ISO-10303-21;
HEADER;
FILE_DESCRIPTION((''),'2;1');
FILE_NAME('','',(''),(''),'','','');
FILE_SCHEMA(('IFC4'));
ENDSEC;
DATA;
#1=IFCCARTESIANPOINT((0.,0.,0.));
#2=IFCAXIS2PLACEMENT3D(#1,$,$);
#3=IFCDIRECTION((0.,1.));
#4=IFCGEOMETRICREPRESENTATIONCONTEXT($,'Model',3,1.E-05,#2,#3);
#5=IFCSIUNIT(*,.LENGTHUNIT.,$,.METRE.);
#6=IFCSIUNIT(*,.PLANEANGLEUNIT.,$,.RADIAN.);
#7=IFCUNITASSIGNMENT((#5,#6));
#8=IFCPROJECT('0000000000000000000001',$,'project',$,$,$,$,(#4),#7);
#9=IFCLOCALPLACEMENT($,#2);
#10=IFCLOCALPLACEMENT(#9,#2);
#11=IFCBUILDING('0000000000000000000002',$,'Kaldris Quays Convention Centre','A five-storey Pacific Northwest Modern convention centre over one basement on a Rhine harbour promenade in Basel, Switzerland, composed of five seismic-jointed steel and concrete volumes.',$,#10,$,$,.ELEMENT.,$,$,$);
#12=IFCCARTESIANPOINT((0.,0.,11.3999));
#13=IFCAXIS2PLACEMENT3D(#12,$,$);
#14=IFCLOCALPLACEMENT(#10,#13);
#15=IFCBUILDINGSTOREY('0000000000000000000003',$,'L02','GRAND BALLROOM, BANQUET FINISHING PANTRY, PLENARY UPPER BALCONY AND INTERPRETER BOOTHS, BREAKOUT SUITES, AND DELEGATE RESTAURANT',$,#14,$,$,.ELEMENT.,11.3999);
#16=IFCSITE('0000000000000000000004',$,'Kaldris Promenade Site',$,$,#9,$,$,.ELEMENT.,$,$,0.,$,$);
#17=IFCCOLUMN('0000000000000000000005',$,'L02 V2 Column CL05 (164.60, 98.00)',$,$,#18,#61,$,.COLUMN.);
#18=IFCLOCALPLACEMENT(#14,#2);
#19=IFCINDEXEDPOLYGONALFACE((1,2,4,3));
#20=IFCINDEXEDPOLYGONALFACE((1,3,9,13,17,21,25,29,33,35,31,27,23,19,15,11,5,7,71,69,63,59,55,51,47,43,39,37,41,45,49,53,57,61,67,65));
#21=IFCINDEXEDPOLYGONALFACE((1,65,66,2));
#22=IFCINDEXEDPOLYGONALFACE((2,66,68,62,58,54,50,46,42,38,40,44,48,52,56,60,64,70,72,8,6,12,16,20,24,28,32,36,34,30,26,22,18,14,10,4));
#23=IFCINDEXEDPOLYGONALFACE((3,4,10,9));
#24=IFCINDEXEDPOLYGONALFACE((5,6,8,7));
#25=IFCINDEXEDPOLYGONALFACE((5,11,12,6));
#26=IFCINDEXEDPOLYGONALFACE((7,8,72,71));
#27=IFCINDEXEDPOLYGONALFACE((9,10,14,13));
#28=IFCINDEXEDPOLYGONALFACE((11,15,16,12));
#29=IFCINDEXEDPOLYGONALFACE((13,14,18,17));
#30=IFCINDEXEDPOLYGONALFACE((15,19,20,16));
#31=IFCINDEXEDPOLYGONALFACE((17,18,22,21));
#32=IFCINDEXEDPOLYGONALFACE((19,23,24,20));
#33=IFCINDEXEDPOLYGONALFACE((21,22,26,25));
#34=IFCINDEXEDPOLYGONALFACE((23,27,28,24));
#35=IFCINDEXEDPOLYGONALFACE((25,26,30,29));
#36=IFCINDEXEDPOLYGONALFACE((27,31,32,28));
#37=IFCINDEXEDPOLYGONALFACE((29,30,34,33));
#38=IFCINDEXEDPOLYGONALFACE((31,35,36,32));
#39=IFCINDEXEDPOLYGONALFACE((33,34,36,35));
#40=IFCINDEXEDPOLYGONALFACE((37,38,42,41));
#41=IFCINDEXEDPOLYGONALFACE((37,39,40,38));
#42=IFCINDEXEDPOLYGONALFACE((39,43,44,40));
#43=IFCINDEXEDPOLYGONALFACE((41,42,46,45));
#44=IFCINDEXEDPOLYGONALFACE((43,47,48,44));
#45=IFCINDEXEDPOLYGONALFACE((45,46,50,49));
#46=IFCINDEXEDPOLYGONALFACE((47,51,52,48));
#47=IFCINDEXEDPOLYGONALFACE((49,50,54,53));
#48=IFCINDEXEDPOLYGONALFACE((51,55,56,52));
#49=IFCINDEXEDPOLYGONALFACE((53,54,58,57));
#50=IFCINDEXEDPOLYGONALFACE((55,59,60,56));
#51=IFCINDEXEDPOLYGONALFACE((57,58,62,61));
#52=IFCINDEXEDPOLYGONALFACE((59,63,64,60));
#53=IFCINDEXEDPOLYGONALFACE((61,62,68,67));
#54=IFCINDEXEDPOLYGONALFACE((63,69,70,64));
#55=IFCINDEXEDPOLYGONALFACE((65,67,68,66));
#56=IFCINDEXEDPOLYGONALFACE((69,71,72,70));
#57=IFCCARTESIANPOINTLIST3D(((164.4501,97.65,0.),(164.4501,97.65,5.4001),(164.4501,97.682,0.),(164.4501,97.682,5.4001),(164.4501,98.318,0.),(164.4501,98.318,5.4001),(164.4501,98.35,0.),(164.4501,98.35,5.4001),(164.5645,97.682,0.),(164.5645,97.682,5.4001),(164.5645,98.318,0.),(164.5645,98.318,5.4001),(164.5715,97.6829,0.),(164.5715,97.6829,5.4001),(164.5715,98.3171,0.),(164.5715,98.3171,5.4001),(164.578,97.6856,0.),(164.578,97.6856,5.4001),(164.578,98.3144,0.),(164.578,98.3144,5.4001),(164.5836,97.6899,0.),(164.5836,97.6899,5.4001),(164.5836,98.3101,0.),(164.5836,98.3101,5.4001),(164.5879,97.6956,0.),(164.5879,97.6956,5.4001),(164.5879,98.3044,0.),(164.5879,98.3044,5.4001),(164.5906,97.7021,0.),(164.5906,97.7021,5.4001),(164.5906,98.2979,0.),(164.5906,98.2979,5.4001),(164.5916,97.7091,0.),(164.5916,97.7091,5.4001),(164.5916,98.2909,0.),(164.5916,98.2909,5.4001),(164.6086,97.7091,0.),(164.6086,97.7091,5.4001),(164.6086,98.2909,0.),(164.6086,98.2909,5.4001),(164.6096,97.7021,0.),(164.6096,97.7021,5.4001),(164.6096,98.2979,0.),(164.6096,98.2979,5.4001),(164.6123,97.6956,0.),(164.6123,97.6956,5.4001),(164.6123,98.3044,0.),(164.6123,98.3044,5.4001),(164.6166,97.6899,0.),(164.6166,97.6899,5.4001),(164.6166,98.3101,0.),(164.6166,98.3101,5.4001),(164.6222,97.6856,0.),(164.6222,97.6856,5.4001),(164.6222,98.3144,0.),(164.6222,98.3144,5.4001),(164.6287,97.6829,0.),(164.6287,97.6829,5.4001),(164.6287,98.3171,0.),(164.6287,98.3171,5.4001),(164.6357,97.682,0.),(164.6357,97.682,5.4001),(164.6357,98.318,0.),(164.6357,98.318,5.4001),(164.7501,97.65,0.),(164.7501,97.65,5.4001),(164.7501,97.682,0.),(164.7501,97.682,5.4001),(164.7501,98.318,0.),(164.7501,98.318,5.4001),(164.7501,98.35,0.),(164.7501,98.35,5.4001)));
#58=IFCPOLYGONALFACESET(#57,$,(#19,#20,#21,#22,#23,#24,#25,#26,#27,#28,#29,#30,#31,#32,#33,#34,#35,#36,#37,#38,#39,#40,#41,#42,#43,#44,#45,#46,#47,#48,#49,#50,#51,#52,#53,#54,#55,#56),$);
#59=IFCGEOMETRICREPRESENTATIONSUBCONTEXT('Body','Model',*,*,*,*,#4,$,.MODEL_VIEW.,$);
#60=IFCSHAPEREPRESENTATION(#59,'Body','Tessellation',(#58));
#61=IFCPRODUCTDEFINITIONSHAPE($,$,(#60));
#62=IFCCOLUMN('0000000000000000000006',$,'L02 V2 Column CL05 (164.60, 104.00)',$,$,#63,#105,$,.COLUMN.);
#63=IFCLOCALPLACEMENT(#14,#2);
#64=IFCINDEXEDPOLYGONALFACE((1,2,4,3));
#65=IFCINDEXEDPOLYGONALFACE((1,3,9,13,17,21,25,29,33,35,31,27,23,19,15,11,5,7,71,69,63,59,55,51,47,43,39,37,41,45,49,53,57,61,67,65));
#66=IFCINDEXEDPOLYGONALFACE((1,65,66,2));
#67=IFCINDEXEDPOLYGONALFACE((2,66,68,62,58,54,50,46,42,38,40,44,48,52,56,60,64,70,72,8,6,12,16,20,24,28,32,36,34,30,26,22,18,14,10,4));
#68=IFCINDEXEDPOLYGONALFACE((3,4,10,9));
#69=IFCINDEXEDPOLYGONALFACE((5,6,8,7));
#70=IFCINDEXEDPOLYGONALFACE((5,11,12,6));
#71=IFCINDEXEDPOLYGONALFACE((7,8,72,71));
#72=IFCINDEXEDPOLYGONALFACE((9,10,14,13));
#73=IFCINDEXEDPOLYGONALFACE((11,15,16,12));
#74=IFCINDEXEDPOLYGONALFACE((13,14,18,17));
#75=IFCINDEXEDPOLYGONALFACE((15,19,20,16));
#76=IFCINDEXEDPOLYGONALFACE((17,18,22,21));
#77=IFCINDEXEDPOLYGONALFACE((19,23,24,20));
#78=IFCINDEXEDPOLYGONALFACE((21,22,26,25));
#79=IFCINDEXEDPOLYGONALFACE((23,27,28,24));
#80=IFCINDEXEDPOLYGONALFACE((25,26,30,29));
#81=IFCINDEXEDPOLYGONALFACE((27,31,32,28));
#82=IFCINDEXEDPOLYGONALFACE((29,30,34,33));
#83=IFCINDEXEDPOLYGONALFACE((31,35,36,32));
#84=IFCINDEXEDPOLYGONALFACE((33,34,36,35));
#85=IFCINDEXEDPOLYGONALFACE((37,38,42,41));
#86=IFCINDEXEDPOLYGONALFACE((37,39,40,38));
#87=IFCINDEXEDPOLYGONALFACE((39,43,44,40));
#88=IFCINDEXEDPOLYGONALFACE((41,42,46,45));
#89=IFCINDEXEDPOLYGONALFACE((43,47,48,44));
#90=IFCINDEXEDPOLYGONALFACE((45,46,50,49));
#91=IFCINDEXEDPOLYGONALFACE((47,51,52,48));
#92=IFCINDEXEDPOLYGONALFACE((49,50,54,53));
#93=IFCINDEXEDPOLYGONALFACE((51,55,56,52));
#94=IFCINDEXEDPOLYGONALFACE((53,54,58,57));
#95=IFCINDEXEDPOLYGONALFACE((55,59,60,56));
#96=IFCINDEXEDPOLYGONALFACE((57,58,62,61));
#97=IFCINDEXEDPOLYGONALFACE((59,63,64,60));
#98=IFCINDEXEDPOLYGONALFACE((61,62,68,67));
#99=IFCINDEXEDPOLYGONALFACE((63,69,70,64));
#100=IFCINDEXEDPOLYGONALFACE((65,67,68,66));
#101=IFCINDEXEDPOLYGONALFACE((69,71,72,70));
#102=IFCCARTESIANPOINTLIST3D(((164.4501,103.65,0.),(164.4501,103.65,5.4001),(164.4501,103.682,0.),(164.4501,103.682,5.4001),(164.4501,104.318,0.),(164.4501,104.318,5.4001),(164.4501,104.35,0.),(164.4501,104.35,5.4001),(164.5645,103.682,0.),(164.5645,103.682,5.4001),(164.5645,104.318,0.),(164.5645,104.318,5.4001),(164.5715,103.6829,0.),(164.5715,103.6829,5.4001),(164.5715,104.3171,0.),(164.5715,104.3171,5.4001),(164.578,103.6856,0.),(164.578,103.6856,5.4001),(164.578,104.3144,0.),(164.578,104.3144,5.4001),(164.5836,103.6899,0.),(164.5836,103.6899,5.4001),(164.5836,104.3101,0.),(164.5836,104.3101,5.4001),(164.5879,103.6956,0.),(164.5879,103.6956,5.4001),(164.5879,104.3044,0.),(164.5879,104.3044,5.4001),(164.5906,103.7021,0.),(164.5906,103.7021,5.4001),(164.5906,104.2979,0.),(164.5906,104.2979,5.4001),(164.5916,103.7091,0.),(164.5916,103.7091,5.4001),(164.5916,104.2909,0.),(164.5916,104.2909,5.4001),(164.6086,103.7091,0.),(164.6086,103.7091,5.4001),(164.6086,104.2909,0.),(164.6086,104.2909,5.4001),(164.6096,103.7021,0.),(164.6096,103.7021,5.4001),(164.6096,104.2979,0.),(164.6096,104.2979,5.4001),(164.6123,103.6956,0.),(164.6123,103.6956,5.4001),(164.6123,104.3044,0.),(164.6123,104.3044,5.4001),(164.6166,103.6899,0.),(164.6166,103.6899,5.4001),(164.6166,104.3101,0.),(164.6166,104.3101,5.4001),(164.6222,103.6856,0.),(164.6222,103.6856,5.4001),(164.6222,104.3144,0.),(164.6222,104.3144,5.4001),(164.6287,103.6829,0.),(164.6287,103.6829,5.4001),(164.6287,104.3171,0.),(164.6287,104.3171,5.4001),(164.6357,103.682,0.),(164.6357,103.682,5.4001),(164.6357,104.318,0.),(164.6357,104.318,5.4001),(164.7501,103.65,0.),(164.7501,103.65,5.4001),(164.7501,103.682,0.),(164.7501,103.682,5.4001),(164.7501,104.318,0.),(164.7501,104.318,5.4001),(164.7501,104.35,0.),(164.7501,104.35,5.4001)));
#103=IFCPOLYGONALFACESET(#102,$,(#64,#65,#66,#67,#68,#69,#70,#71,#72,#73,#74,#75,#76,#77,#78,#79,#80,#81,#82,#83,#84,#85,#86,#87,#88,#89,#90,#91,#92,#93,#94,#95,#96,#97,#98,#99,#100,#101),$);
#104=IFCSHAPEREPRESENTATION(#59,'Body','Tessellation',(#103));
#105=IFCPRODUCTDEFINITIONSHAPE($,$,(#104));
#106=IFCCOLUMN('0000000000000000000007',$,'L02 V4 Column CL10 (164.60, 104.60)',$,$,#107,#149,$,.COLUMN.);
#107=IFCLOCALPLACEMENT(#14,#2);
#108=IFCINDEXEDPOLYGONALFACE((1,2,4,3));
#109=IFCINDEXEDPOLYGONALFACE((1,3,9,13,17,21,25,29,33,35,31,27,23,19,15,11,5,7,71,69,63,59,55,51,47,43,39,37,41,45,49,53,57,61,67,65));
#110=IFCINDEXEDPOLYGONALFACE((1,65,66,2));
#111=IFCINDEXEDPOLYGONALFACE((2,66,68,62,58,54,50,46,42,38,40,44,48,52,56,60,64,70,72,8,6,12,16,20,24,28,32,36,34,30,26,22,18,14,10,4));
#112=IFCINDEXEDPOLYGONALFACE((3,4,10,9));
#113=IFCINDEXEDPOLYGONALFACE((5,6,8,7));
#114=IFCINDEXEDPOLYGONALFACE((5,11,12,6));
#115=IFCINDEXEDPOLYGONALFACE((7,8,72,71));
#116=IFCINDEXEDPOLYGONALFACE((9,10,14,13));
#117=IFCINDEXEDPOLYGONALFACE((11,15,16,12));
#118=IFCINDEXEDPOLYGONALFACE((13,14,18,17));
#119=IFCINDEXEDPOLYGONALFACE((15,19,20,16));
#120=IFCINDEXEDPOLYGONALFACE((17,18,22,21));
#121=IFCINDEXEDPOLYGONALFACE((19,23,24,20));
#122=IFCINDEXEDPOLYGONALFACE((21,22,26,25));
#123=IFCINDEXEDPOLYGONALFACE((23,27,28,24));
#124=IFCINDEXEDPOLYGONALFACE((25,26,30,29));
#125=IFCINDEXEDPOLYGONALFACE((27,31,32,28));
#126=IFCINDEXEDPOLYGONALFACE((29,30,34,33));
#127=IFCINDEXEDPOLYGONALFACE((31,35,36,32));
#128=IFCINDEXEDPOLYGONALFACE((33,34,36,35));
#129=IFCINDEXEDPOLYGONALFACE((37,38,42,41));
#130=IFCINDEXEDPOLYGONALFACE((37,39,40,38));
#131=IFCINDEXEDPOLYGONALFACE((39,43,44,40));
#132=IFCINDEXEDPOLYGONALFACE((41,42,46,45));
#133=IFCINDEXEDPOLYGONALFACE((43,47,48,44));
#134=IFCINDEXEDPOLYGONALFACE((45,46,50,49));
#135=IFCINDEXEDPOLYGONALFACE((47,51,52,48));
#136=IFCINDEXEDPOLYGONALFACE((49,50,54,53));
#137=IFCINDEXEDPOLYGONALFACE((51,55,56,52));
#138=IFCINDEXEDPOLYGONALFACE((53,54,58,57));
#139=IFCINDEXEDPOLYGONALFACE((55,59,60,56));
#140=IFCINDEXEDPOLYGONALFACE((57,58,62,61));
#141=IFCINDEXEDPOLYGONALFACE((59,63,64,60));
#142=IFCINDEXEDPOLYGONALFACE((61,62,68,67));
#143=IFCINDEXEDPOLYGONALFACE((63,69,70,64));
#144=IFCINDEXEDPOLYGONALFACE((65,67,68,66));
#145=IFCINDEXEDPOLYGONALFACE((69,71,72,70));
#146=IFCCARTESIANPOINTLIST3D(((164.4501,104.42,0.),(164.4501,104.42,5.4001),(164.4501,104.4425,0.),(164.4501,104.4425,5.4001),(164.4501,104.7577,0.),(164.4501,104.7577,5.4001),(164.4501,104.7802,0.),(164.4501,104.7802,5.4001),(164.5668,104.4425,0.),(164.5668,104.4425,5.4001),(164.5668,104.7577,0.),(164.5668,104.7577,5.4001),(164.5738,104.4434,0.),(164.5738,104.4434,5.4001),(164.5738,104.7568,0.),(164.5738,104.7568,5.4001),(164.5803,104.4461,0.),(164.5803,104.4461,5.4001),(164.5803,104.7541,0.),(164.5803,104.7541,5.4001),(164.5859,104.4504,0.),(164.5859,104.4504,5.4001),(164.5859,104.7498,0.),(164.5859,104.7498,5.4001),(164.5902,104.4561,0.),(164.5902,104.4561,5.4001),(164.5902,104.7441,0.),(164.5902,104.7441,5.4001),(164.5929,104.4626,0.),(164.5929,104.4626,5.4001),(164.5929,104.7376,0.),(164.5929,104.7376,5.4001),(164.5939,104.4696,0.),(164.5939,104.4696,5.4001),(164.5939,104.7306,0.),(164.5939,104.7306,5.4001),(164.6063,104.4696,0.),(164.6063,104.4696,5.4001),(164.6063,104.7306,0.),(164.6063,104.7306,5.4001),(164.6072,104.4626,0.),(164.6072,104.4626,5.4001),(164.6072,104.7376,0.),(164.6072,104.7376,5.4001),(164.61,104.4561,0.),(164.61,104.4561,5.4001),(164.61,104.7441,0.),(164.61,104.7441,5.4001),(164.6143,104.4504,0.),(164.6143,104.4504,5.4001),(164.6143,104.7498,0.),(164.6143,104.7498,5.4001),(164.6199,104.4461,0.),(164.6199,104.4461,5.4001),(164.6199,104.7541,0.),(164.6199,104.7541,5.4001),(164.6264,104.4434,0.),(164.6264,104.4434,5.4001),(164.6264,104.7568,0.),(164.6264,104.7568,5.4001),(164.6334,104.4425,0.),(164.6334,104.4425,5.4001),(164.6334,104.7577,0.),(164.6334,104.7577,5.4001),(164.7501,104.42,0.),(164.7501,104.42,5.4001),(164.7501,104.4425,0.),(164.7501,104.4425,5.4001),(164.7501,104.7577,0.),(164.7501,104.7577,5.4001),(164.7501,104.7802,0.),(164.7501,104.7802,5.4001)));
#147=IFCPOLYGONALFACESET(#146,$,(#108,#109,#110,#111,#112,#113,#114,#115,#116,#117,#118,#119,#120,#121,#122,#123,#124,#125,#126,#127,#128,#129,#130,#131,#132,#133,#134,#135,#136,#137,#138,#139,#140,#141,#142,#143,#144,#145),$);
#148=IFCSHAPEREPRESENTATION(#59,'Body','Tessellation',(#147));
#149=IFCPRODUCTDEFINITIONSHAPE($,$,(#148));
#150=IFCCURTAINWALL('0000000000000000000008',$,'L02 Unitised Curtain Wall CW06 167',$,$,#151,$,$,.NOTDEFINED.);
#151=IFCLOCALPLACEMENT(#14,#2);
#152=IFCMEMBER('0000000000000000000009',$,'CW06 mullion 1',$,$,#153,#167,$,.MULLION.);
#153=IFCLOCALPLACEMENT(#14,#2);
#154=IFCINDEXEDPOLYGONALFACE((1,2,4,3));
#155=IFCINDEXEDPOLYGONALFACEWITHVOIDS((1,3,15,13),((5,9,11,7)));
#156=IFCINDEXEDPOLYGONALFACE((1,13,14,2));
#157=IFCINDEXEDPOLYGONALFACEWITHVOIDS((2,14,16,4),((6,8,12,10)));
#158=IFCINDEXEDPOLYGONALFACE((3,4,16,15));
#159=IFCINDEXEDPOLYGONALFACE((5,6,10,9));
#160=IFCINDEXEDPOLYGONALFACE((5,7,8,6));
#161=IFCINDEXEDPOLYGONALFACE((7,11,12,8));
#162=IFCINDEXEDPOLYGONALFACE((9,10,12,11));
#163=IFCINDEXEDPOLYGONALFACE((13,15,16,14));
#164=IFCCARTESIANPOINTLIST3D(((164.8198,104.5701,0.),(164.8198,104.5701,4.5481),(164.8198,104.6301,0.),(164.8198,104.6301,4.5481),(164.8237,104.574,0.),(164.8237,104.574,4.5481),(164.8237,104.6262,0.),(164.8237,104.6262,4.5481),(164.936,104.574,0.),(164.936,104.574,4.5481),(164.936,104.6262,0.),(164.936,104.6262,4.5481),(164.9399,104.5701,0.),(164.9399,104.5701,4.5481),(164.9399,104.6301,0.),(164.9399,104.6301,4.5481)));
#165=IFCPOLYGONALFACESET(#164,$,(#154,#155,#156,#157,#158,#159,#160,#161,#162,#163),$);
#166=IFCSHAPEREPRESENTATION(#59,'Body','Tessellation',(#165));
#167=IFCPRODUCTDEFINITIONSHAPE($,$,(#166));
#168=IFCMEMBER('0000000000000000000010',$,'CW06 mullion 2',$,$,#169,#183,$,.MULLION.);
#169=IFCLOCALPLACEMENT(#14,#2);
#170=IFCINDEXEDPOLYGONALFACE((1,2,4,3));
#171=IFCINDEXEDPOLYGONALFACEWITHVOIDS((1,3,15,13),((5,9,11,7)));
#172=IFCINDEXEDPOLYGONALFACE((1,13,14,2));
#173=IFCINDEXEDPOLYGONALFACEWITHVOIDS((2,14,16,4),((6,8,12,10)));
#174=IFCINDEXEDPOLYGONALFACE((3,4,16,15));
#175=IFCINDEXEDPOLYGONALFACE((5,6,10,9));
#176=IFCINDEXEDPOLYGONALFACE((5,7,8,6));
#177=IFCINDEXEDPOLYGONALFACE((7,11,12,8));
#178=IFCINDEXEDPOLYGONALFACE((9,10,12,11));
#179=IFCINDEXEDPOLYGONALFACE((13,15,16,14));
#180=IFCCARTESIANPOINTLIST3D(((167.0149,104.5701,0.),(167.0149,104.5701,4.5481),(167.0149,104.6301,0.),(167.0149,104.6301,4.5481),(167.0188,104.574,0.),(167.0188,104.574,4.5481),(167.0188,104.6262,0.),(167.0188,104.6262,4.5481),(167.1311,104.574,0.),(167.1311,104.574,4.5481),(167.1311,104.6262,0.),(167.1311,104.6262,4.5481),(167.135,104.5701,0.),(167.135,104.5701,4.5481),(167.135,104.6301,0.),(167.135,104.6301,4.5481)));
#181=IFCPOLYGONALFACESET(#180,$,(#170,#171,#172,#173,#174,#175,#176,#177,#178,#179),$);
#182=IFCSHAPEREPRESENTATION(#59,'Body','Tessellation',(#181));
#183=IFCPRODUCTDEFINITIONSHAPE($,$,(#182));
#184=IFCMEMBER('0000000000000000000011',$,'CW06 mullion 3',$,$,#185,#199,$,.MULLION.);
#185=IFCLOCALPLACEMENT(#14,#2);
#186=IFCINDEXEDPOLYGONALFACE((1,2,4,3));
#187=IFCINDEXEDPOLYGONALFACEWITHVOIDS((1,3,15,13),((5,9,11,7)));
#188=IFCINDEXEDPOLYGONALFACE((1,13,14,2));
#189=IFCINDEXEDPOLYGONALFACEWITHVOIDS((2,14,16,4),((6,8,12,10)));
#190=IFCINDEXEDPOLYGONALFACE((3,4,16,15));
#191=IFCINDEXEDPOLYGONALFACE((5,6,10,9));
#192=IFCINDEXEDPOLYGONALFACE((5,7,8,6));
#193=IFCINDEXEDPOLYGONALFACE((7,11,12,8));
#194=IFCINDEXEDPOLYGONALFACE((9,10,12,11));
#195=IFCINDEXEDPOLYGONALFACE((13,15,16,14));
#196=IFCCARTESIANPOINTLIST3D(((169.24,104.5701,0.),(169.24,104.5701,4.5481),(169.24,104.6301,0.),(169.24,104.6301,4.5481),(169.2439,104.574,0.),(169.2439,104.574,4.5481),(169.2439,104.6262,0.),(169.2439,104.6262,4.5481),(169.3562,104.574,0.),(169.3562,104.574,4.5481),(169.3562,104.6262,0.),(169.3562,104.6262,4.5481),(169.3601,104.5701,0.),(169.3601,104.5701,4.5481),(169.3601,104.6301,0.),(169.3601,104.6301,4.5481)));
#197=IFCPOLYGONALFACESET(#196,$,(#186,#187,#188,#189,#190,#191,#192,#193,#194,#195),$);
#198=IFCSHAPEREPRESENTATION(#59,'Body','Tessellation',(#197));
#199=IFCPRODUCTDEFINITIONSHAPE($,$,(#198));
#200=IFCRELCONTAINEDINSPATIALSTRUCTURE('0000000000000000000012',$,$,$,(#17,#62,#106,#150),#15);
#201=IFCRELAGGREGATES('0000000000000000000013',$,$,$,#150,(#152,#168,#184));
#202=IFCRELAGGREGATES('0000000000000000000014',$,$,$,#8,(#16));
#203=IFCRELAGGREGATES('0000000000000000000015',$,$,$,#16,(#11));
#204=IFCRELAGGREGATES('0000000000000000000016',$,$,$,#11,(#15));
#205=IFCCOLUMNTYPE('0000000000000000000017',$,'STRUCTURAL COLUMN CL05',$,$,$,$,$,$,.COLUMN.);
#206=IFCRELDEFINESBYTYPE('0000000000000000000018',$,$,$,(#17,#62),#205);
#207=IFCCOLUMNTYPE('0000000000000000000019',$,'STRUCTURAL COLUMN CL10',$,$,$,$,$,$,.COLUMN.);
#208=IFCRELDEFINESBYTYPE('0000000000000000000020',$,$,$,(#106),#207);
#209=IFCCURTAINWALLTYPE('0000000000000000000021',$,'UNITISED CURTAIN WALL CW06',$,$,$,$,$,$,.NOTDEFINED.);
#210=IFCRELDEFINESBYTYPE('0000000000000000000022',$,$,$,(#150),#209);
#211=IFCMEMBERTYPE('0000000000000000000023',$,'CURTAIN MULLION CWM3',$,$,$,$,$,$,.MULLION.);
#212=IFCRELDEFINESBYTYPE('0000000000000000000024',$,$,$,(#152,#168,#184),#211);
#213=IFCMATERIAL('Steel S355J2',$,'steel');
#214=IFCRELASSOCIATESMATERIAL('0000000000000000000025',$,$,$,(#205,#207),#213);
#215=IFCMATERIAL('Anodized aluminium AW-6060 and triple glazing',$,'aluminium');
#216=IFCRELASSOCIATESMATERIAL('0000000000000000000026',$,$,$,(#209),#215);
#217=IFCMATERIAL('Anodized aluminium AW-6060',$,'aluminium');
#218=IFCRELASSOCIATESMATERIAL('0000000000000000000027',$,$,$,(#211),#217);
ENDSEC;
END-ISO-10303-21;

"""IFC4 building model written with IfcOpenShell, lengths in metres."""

from ifc_helpers import new_model, si_unit, direction, frame, origin, origin_2d, place, context, subcontext, project, spatial, hollow_rectangle, i_section, extrude, material, material_profile, profile_set, type_object, element, aggregate, save


model = new_model("IFC4")

# Units and contexts
model_context = context("Model", 3, precision=1e-05, world=origin(), true_north=direction((0.0, 1.0)))
body_context = subcontext(model_context, "Body", "Model", "MODEL_VIEW")
ifc_project = project(units=[si_unit("LENGTHUNIT", "METRE"), si_unit("PLANEANGLEUNIT", "RADIAN")], contexts=[model_context])

# Site, building, storey
site_placement = place(None, origin())
site = spatial("IfcSite", under=ifc_project, at=site_placement, Name="Kaldris Promenade Site", CompositionType="ELEMENT", RefElevation=0.0)
building_placement = place(site_placement, origin())
building = spatial("IfcBuilding", under=site, at=building_placement, Name="Kaldris Quays Convention Centre", Description="A five-storey Pacific Northwest Modern convention centre over one basement on a Rhine harbour promenade in Basel, Switzerland, composed of five seismic-jointed steel and concrete volumes.", CompositionType="ELEMENT")
storey_placement = place(building_placement, frame((0.0, 0.0, 11.3999)))
storey = spatial("IfcBuildingStorey", under=building, at=storey_placement, Name="L02", Description="GRAND BALLROOM, BANQUET FINISHING PANTRY, PLENARY UPPER BALCONY AND INTERPRETER BOOTHS, BREAKOUT SUITES, AND DELEGATE RESTAURANT", CompositionType="ELEMENT", Elevation=11.3999)

# Columns
ifc_material_1 = material(Name="Steel S355J2", Category="steel")
ifc_material_profile_1 = material_profile(ifc_material_1, i_section(OverallWidth=0.3, OverallDepth=0.7, WebThickness=0.0171, FlangeThickness=0.032, FilletRadius=0.0271, at=origin_2d()), Name="HEB 700")
ifc_profile_set_1 = profile_set([ifc_material_profile_1], Name="Steel S355J2")
column_type_1 = type_object("IfcColumnType", Name="STRUCTURAL COLUMN CL05", PredefinedType="COLUMN", material=ifc_profile_set_1)
for number, where, z_axis, x_axis, name in (
    (1, (164.6001, 98.0, 0.0), (0.0, 0.0, 1.0), (1.0, 0.0, 0.0), "L02 V2 Column CL05 (164.60, 98.00)"),
    (2, (164.6001, 104.0, 0.0), (0.0, 0.0, 1.0), (1.0, 0.0, 0.0), "L02 V2 Column CL05 (164.60, 104.00)"),
):
    element("IfcColumn", number, at=place(storey_placement, frame(where, z_axis=z_axis, x_axis=x_axis)), inside=storey, type_object=column_type_1, Name=name, PredefinedType="COLUMN", context=body_context, shape_type="SweptSolid", body=[
        extrude(i_section(OverallWidth=0.3, OverallDepth=0.7, WebThickness=0.0171, FlangeThickness=0.032, FilletRadius=0.0271, at=origin_2d()), origin(), (0.0, 0.0, 1.0), 5.4001),
    ])
ifc_material_profile_2 = material_profile(ifc_material_1, i_section(OverallWidth=0.3, OverallDepth=0.3601, WebThickness=0.0125, FlangeThickness=0.0225, FilletRadius=0.0271, at=origin_2d()), Name="HEB 360")
ifc_profile_set_2 = profile_set([ifc_material_profile_2], Name="Steel S355J2")
column_type_2 = type_object("IfcColumnType", Name="STRUCTURAL COLUMN CL10", PredefinedType="COLUMN", material=ifc_profile_set_2)
column_placement = place(storey_placement, frame((164.6001, 104.6001, 0.0), z_axis=(0.0, 0.0, 1.0), x_axis=(1.0, 0.0, 0.0)))
element("IfcColumn", 3, at=column_placement, inside=storey, type_object=column_type_2, Name="L02 V4 Column CL10 (164.60, 104.60)", PredefinedType="COLUMN", context=body_context, shape_type="SweptSolid", body=[
    extrude(i_section(OverallWidth=0.3, OverallDepth=0.3601, WebThickness=0.0125, FlangeThickness=0.0225, FilletRadius=0.0271, at=origin_2d()), origin(), (0.0, 0.0, 1.0), 5.4001),
])

# Curtain wall, members
ifc_material_2 = material(Name="Anodized aluminium AW-6060 and triple glazing", Category="aluminium")
curtain_wall_type = type_object("IfcCurtainWallType", Name="UNITISED CURTAIN WALL CW06", PredefinedType="NOTDEFINED", material=ifc_material_2)
curtain_wall_placement = place(storey_placement, origin())
curtain_wall = element("IfcCurtainWall", 4, at=curtain_wall_placement, inside=storey, type_object=curtain_wall_type, Name="L02 Unitised Curtain Wall CW06 167", PredefinedType="NOTDEFINED")
ifc_material_3 = material(Name="Anodized aluminium AW-6060", Category="aluminium")
ifc_material_profile_3 = material_profile(ifc_material_3, hollow_rectangle(XDim=0.0601, YDim=0.1201, WallThickness=0.0039, at=origin_2d()), Name="RHS 120x60x4")
ifc_profile_set_3 = profile_set([ifc_material_profile_3], Name="Anodized aluminium AW-6060")
member_type_1 = type_object("IfcMemberType", Name="CURTAIN MULLION CWM3", PredefinedType="MULLION", material=ifc_profile_set_3)
member_1_placement = place(storey_placement, frame((164.8799, 104.6001, 0.0), z_axis=(0.0, 0.0, 1.0), x_axis=(0.0, 1.0, 0.0)))
member_1 = element("IfcMember", 5, at=member_1_placement, type_object=member_type_1, Name="CW06 mullion 1", PredefinedType="MULLION", context=body_context, shape_type="SweptSolid", body=[
    extrude(hollow_rectangle(XDim=0.0601, YDim=0.1201, WallThickness=0.0039, at=origin_2d()), origin(), (0.0, 0.0, 1.0), 4.5481),
])
member_2_placement = place(storey_placement, frame((167.075, 104.6001, 0.0), z_axis=(0.0, 0.0, 1.0), x_axis=(0.0, 1.0, 0.0)))
member_2 = element("IfcMember", 6, at=member_2_placement, type_object=member_type_1, Name="CW06 mullion 2", PredefinedType="MULLION", context=body_context, shape_type="SweptSolid", body=[
    extrude(hollow_rectangle(XDim=0.0601, YDim=0.1201, WallThickness=0.0039, at=origin_2d()), origin(), (0.0, 0.0, 1.0), 4.5481),
])
member_3_placement = place(storey_placement, frame((169.3, 104.6001, 0.0), z_axis=(0.0, 0.0, 1.0), x_axis=(0.0, 1.0, 0.0)))
member_3 = element("IfcMember", 7, at=member_3_placement, type_object=member_type_1, Name="CW06 mullion 3", PredefinedType="MULLION", context=body_context, shape_type="SweptSolid", body=[
    extrude(hollow_rectangle(XDim=0.0601, YDim=0.1201, WallThickness=0.0039, at=origin_2d()), origin(), (0.0, 0.0, 1.0), 4.5481),
])

aggregate(curtain_wall, [member_1, member_2, member_3])

save(model, "model.ifc")
